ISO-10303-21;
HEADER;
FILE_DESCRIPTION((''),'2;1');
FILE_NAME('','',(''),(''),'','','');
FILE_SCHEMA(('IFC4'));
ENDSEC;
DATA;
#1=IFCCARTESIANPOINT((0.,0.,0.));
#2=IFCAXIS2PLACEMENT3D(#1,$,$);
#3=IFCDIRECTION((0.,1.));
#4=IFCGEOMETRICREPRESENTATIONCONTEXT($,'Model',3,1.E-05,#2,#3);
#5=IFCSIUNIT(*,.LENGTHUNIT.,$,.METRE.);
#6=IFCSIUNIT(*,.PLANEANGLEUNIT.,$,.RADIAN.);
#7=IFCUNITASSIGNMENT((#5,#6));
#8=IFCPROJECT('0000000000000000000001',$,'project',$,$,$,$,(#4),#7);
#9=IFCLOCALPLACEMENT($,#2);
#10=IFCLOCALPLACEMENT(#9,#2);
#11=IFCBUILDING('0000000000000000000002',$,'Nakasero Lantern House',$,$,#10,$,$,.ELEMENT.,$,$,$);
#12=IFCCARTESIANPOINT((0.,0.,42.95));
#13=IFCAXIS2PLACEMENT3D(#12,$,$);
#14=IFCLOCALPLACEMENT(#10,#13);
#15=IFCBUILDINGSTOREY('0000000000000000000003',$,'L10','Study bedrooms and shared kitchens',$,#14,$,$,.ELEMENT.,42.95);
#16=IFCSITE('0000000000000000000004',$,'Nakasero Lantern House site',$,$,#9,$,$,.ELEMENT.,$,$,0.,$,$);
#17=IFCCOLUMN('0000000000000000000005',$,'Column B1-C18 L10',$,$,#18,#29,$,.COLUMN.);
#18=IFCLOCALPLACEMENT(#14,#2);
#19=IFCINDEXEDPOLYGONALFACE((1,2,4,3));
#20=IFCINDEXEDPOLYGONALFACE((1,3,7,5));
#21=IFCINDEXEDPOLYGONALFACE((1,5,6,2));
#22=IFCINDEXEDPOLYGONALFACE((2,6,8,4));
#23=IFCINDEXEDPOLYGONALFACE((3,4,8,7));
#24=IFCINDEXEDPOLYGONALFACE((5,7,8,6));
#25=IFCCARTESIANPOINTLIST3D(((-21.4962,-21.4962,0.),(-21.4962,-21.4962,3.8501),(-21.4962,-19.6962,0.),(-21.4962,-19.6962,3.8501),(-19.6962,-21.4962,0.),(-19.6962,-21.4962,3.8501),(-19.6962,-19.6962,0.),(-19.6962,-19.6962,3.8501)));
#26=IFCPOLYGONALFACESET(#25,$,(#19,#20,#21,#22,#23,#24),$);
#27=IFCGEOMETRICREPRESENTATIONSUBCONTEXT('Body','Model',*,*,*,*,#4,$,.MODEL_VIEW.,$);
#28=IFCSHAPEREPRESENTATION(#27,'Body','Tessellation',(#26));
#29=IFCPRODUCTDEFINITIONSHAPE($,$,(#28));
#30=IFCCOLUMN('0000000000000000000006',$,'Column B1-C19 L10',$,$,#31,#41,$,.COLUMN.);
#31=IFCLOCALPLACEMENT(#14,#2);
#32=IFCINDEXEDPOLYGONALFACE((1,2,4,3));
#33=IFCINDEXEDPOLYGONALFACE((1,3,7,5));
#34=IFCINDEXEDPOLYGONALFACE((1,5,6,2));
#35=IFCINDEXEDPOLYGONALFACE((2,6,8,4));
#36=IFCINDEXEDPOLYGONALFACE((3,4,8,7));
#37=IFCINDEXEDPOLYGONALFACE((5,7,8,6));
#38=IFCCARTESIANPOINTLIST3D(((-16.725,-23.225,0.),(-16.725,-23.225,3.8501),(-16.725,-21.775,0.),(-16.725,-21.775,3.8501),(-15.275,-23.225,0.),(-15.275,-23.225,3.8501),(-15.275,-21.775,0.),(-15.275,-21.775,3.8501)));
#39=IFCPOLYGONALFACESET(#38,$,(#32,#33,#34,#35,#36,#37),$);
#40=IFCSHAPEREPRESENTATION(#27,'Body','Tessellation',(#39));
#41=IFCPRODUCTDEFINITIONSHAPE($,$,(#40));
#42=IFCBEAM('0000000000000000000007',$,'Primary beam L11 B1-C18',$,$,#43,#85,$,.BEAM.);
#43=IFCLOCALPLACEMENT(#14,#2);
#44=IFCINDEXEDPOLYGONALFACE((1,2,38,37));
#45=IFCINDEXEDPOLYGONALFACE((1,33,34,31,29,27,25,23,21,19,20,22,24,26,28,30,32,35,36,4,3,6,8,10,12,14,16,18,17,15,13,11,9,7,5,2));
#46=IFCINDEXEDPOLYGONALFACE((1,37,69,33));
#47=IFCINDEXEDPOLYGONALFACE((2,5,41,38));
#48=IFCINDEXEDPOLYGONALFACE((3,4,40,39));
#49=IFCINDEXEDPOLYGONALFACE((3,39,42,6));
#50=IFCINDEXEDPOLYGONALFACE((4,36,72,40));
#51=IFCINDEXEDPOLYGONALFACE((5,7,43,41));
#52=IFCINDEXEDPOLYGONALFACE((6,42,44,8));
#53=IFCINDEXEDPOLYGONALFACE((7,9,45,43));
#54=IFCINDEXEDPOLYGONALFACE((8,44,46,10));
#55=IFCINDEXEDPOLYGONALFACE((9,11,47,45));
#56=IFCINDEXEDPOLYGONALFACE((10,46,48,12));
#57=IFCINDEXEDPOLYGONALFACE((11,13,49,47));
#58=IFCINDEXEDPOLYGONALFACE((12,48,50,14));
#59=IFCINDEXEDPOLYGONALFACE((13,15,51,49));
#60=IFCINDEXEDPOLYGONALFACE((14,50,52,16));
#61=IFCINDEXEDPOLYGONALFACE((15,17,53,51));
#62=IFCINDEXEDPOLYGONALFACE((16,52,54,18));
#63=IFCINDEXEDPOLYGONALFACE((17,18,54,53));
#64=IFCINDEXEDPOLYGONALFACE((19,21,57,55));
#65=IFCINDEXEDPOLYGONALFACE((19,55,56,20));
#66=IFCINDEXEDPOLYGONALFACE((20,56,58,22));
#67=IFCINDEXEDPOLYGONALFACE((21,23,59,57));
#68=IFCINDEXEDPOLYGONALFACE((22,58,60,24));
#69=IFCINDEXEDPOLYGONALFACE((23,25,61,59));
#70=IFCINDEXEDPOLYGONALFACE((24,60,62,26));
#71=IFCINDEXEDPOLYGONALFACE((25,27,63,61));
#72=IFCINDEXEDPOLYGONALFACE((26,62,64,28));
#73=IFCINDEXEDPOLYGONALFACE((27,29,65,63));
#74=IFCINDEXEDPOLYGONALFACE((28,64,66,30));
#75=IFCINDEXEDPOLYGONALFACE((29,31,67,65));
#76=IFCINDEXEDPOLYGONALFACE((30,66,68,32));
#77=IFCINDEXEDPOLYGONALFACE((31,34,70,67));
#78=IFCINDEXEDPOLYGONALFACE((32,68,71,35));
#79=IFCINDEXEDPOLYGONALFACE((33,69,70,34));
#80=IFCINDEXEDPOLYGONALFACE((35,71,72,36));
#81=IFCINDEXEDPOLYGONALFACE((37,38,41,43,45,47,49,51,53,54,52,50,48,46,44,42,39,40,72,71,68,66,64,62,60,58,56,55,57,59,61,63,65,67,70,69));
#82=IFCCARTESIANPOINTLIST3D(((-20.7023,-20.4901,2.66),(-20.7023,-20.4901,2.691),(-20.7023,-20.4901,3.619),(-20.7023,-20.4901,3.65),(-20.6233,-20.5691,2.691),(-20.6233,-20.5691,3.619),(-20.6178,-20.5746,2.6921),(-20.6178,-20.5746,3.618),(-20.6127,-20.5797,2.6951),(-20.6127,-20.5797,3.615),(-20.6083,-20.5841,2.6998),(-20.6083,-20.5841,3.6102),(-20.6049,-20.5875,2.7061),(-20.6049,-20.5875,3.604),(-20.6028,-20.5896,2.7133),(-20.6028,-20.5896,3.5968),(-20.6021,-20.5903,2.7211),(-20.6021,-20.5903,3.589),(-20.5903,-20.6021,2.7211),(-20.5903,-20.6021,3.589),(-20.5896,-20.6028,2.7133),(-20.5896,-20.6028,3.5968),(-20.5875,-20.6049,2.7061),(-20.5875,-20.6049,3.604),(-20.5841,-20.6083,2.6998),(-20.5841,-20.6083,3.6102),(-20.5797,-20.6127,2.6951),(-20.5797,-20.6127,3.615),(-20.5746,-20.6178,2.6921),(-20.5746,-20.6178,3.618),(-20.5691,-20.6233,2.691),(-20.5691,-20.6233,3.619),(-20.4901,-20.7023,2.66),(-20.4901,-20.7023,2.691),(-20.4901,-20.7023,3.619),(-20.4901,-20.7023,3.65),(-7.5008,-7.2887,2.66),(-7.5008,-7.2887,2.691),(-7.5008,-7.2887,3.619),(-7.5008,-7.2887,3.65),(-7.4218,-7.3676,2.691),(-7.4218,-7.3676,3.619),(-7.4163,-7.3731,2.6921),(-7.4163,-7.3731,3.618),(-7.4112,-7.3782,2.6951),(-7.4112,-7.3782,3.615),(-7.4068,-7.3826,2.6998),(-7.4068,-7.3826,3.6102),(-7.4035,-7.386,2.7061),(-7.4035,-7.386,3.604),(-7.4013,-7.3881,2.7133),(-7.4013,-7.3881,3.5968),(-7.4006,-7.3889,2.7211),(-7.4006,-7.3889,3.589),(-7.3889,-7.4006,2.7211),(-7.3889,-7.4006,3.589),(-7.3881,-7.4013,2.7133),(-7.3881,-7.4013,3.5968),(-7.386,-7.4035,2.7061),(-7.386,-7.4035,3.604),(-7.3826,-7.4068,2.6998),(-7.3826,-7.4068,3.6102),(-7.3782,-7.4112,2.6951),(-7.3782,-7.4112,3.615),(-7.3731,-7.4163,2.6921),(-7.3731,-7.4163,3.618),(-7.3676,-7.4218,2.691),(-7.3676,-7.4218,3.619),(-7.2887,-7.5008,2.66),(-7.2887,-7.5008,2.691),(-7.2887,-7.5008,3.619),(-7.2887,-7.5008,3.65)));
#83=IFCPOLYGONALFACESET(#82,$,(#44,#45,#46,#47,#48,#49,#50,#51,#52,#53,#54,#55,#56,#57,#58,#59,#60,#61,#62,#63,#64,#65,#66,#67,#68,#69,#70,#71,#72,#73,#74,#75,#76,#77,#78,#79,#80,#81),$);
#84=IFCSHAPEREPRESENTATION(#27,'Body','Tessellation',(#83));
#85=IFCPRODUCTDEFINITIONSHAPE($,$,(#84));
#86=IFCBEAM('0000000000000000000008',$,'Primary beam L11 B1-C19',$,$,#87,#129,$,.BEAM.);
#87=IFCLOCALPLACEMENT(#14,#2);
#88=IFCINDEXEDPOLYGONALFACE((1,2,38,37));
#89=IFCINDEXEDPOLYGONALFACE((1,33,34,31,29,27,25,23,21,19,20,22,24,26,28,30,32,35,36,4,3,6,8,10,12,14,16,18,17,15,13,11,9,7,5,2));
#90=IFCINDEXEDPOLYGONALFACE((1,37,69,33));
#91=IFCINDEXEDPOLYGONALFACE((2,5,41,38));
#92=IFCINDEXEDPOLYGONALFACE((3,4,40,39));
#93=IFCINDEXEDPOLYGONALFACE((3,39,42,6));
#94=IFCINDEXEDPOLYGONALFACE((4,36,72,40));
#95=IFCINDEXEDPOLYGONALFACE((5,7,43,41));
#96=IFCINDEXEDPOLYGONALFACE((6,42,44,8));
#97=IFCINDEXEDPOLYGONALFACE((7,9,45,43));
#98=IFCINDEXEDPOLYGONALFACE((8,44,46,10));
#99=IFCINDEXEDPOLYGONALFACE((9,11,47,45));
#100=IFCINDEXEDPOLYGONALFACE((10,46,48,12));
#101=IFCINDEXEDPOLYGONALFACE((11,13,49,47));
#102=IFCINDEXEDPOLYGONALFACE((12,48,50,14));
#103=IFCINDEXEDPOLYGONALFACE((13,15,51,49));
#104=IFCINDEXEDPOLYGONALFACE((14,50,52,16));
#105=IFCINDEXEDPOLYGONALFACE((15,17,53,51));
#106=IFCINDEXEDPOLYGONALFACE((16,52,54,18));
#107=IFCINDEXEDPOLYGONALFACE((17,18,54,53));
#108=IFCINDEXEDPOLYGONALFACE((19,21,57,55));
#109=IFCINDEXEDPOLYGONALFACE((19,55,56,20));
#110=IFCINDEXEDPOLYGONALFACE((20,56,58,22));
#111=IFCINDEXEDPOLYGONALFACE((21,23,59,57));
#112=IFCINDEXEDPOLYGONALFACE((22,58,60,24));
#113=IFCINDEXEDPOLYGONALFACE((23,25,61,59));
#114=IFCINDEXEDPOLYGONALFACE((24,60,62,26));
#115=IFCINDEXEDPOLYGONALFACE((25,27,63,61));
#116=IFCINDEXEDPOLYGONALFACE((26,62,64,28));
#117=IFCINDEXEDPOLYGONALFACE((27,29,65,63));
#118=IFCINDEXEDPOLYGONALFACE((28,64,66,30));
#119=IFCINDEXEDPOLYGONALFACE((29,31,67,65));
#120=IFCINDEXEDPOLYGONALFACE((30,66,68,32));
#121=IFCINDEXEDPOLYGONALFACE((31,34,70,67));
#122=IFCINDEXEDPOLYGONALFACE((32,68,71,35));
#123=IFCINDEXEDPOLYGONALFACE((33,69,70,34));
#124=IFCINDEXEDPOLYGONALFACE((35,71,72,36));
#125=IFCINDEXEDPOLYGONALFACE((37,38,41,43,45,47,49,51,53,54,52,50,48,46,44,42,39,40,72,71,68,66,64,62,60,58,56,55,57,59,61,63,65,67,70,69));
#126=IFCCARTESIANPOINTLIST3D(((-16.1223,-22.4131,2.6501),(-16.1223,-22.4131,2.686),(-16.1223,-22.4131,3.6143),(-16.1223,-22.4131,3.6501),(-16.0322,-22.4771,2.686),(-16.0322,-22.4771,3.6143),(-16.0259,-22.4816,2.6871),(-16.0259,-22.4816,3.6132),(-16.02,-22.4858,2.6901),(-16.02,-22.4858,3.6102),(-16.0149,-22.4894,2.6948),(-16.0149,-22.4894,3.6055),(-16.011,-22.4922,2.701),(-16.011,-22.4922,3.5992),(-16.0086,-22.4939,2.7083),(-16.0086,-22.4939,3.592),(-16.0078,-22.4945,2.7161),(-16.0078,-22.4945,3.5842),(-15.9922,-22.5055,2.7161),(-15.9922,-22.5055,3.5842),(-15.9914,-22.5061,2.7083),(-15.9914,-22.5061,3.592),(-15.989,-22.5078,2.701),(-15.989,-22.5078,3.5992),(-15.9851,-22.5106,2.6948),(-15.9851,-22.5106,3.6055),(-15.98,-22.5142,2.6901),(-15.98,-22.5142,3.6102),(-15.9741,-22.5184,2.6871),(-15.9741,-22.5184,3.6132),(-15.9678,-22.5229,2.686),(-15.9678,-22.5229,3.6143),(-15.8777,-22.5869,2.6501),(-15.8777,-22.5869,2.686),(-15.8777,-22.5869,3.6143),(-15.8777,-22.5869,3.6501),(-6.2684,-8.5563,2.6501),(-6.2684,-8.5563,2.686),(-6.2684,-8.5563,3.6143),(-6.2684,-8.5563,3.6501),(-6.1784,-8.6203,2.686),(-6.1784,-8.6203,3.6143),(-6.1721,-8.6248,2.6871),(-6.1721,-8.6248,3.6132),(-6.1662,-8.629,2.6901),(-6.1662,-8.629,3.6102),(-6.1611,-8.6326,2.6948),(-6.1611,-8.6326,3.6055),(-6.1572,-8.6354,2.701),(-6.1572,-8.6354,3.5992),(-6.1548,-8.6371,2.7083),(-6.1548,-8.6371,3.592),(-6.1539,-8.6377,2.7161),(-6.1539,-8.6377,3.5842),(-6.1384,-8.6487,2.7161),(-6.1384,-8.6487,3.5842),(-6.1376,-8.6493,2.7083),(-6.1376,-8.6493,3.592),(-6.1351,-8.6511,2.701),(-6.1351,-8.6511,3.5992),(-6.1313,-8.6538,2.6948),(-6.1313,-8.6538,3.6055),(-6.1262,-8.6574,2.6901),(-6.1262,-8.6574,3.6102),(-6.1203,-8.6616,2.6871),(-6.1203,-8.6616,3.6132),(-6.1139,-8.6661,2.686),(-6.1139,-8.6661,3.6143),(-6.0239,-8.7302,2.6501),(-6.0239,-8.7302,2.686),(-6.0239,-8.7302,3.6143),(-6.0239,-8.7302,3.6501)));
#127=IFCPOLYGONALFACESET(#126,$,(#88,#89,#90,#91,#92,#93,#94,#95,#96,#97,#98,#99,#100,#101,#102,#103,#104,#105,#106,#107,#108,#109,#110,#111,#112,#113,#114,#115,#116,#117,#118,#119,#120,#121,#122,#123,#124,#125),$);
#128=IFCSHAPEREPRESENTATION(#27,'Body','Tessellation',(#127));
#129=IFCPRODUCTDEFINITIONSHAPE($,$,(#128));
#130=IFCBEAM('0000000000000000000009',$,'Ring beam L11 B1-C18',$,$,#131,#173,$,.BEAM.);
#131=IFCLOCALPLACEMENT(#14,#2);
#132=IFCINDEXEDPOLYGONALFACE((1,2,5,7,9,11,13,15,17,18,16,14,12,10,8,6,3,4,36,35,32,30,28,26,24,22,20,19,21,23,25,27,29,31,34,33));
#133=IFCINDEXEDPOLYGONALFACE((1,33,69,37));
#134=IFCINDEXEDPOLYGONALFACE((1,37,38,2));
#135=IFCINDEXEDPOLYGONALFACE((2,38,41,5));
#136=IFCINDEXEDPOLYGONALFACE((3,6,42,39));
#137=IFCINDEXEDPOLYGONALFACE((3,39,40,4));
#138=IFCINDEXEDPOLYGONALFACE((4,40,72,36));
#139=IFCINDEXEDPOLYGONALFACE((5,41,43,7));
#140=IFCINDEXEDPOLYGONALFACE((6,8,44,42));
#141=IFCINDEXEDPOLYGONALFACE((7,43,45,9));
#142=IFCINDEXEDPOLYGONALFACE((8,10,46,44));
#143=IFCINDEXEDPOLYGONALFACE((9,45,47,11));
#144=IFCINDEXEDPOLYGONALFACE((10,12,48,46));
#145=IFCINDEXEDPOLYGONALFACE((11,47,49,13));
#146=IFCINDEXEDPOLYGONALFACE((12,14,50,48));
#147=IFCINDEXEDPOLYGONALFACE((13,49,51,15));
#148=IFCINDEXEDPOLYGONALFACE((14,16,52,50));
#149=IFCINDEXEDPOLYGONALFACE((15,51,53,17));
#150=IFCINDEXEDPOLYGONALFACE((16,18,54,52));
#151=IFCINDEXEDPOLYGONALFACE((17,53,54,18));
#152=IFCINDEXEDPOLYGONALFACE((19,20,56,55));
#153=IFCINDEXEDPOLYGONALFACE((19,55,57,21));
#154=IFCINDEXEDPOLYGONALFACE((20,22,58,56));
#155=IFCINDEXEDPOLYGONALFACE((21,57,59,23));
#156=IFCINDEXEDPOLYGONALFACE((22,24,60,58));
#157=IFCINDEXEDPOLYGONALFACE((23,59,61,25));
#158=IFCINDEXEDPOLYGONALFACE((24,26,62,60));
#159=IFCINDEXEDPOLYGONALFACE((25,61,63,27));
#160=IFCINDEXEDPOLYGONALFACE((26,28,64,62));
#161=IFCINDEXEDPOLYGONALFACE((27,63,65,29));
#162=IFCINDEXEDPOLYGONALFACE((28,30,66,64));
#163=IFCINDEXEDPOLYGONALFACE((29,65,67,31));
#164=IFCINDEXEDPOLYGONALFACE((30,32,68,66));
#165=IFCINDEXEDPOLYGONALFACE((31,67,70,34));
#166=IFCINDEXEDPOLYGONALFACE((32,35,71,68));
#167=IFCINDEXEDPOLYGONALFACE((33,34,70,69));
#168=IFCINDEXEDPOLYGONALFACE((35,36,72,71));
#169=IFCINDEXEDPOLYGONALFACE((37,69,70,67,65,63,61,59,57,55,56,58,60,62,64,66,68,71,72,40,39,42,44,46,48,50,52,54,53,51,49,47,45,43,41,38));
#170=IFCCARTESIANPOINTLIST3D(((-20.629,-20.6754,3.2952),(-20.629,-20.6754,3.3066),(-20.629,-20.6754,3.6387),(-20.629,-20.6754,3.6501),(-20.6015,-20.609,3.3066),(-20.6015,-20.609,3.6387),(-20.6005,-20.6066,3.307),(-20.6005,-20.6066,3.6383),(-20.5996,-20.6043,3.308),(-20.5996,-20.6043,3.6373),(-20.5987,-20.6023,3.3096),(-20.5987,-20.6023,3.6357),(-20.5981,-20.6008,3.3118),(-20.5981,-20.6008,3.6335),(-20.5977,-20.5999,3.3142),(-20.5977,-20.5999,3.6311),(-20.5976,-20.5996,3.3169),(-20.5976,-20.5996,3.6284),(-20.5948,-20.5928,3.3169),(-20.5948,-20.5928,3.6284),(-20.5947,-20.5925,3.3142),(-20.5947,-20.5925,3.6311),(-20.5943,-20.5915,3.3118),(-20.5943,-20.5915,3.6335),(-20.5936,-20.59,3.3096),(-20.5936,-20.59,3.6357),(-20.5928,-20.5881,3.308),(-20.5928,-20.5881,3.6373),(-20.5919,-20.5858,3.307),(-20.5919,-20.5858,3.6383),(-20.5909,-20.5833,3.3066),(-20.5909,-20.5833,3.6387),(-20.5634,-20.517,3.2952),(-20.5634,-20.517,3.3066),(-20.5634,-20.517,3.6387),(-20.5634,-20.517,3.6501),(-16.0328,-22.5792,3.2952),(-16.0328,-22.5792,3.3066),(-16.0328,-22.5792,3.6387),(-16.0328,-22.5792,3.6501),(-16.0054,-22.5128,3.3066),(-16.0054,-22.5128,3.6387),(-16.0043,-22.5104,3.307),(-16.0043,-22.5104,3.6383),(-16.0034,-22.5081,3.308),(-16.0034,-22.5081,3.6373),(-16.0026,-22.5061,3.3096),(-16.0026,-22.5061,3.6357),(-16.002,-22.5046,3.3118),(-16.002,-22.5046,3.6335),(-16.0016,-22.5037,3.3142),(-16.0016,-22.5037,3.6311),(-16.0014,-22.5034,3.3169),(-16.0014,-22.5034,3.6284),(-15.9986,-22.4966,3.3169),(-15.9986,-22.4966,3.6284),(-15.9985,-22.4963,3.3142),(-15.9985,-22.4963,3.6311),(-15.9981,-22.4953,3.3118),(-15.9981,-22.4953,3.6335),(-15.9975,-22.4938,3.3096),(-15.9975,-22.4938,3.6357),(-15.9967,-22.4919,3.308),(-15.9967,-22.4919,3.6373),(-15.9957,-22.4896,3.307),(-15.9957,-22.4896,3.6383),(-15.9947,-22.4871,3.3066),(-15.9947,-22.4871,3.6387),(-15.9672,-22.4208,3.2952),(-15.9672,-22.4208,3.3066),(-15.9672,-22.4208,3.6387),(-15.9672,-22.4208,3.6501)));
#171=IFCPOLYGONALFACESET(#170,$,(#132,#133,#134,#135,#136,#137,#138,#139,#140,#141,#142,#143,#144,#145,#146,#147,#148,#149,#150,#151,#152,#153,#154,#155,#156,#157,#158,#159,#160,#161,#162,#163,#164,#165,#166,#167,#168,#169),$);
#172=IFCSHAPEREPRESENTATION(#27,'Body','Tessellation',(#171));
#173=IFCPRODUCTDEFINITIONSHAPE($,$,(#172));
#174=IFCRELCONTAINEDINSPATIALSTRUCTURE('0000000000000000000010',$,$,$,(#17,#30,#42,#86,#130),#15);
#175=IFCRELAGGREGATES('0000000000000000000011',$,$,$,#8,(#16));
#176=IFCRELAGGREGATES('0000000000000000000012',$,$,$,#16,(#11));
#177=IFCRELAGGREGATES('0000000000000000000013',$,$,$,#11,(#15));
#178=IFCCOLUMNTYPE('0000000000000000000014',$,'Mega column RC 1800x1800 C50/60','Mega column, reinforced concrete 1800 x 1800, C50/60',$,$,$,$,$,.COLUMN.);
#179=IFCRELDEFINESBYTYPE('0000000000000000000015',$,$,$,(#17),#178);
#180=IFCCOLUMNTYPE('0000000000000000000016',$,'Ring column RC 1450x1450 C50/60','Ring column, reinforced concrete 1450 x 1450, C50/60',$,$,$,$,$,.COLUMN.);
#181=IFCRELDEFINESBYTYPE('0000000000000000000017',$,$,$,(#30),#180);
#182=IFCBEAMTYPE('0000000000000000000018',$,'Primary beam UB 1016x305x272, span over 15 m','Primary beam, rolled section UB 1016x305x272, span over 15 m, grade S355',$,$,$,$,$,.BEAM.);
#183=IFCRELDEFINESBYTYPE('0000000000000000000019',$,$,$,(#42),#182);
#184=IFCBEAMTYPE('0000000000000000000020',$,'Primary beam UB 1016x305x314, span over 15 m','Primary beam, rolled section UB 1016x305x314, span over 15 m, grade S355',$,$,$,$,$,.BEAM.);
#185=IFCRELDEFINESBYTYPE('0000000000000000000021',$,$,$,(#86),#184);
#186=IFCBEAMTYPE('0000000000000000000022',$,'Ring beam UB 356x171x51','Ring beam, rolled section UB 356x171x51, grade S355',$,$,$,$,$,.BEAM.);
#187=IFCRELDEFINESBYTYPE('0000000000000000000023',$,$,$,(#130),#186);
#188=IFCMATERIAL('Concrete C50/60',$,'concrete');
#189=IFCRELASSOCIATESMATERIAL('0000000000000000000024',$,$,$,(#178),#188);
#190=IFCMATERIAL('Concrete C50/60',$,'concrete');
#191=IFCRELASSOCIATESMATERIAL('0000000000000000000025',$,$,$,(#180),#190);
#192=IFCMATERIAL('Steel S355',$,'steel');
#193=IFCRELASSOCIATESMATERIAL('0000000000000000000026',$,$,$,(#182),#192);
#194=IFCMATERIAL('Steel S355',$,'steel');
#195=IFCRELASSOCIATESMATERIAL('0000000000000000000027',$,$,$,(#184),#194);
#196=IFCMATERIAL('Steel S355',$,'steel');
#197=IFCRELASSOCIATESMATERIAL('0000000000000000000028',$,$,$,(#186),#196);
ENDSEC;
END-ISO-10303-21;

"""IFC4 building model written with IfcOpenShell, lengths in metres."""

from ifc_helpers import new_model, si_unit, direction, frame, origin, origin_2d, place, context, subcontext, project, spatial, rectangle, i_section, extrude, material, material_profile, profile_set, type_object, element, save


model = new_model("IFC4")

# Units and contexts
model_context = context("Model", 3, precision=1e-05, world=origin(), true_north=direction((0.0, 1.0)))
body_context = subcontext(model_context, "Body", "Model", "MODEL_VIEW")
ifc_project = project(units=[si_unit("LENGTHUNIT", "METRE"), si_unit("PLANEANGLEUNIT", "RADIAN")], contexts=[model_context])

# Site, building, storey
site_placement = place(None, origin())
site = spatial("IfcSite", under=ifc_project, at=site_placement, Name="Nakasero Lantern House site", CompositionType="ELEMENT", RefElevation=0.0)
building_placement = place(site_placement, origin())
building = spatial("IfcBuilding", under=site, at=building_placement, Name="Nakasero Lantern House", CompositionType="ELEMENT")
storey_placement = place(building_placement, frame((0.0, 0.0, 42.95)))
storey = spatial("IfcBuildingStorey", under=building, at=storey_placement, Name="L10", Description="Study bedrooms and shared kitchens", CompositionType="ELEMENT", Elevation=42.95)

# Columns
ifc_material_1 = material(Name="Concrete C50/60", Category="concrete")
ifc_material_profile_1 = material_profile(ifc_material_1, rectangle(XDim=1.8, YDim=1.8, at=origin_2d()), Name="RC 1800x1800")
ifc_profile_set_1 = profile_set([ifc_material_profile_1], Name="Concrete C50/60")
column_type_1 = type_object("IfcColumnType", Name="Mega column RC 1800x1800 C50/60", Description="Mega column, reinforced concrete 1800 x 1800, C50/60", PredefinedType="COLUMN", material=ifc_profile_set_1)
column_1_placement = place(storey_placement, frame((-20.5962, -20.5962, 0.0), z_axis=(0.0, 0.0, 1.0), x_axis=(1.0, 0.0, 0.0)))
element("IfcColumn", 1, at=column_1_placement, inside=storey, type_object=column_type_1, Name="Column B1-C18 L10", PredefinedType="COLUMN", context=body_context, shape_type="SweptSolid", body=[
    extrude(rectangle(XDim=1.8, YDim=1.8, at=origin_2d()), origin(), (0.0, 0.0, 1.0), 3.8501),
])
ifc_material_2 = material(Name="Concrete C50/60", Category="concrete")
ifc_material_profile_2 = material_profile(ifc_material_2, rectangle(XDim=1.45, YDim=1.45, at=origin_2d()), Name="RC 1450x1450")
ifc_profile_set_2 = profile_set([ifc_material_profile_2], Name="Concrete C50/60")
column_type_2 = type_object("IfcColumnType", Name="Ring column RC 1450x1450 C50/60", Description="Ring column, reinforced concrete 1450 x 1450, C50/60", PredefinedType="COLUMN", material=ifc_profile_set_2)
column_2_placement = place(storey_placement, frame((-16.0, -22.5, 0.0), z_axis=(0.0, 0.0, 1.0), x_axis=(1.0, 0.0, 0.0)))
element("IfcColumn", 2, at=column_2_placement, inside=storey, type_object=column_type_2, Name="Column B1-C19 L10", PredefinedType="COLUMN", context=body_context, shape_type="SweptSolid", body=[
    extrude(rectangle(XDim=1.45, YDim=1.45, at=origin_2d()), origin(), (0.0, 0.0, 1.0), 3.8501),
])

# Beams
ifc_material_3 = material(Name="Steel S355", Category="steel")
ifc_material_profile_3 = material_profile(ifc_material_3, i_section(OverallWidth=0.3, OverallDepth=0.99, WebThickness=0.0166, FlangeThickness=0.031, FilletRadius=0.03, at=origin_2d()), Name="UB 1016x305x272")
ifc_profile_set_3 = profile_set([ifc_material_profile_3], Name="Steel S355")
beam_type_1 = type_object("IfcBeamType", Name="Primary beam UB 1016x305x272, span over 15 m", Description="Primary beam, rolled section UB 1016x305x272, span over 15 m, grade S355", PredefinedType="BEAM", material=ifc_profile_set_3)
beam_1_placement = place(storey_placement, frame((-20.5962, -20.5962, 3.155), z_axis=(0.707107, 0.707107, 0.0), x_axis=(-0.707107, 0.707107, 0.0)))
element("IfcBeam", 3, at=beam_1_placement, inside=storey, type_object=beam_type_1, Name="Primary beam L11 B1-C18", PredefinedType="BEAM", context=body_context, shape_type="SweptSolid", body=[
    extrude(i_section(OverallWidth=0.3, OverallDepth=0.99, WebThickness=0.0166, FlangeThickness=0.031, FilletRadius=0.03, at=origin_2d()), origin(), (0.0, 0.0, 1.0), 18.6697),
])
ifc_material_4 = material(Name="Steel S355", Category="steel")
ifc_material_profile_4 = material_profile(ifc_material_4, i_section(OverallWidth=0.3, OverallDepth=1.0, WebThickness=0.019, FlangeThickness=0.0359, FilletRadius=0.03, at=origin_2d()), Name="UB 1016x305x314")
ifc_profile_set_4 = profile_set([ifc_material_profile_4], Name="Steel S355")
beam_type_2 = type_object("IfcBeamType", Name="Primary beam UB 1016x305x314, span over 15 m", Description="Primary beam, rolled section UB 1016x305x314, span over 15 m, grade S355", PredefinedType="BEAM", material=ifc_profile_set_4)
beam_2_placement = place(storey_placement, frame((-16.0, -22.5, 3.1501), z_axis=(0.579528, 0.814952, 0.0), x_axis=(-0.814952, 0.579528, 0.0)))
element("IfcBeam", 4, at=beam_2_placement, inside=storey, type_object=beam_type_2, Name="Primary beam L11 B1-C19", PredefinedType="BEAM", context=body_context, shape_type="SweptSolid", body=[
    extrude(i_section(OverallWidth=0.3, OverallDepth=1.0, WebThickness=0.019, FlangeThickness=0.0359, FilletRadius=0.03, at=origin_2d()), origin(), (0.0, 0.0, 1.0), 17.0032),
])
ifc_material_5 = material(Name="Steel S355", Category="steel")
ifc_material_profile_5 = material_profile(ifc_material_5, i_section(OverallWidth=0.1714, OverallDepth=0.355, WebThickness=0.0073, FlangeThickness=0.0115, FilletRadius=0.0103, at=origin_2d()), Name="UB 356x171x51")
ifc_profile_set_5 = profile_set([ifc_material_profile_5], Name="Steel S355")
beam_type_3 = type_object("IfcBeamType", Name="Ring beam UB 356x171x51", Description="Ring beam, rolled section UB 356x171x51, grade S355", PredefinedType="BEAM", material=ifc_profile_set_5)
beam_3_placement = place(storey_placement, frame((-20.5962, -20.5962, 3.4727), z_axis=(0.923879, -0.382684, 0.0), x_axis=(0.382684, 0.923879, 0.0)))
element("IfcBeam", 5, at=beam_3_placement, inside=storey, type_object=beam_type_3, Name="Ring beam L11 B1-C18", PredefinedType="BEAM", context=body_context, shape_type="SweptSolid", body=[
    extrude(i_section(OverallWidth=0.1714, OverallDepth=0.355, WebThickness=0.0073, FlangeThickness=0.0115, FilletRadius=0.0103, at=origin_2d()), origin(), (0.0, 0.0, 1.0), 4.9749),
])

save(model, "model.ifc")
